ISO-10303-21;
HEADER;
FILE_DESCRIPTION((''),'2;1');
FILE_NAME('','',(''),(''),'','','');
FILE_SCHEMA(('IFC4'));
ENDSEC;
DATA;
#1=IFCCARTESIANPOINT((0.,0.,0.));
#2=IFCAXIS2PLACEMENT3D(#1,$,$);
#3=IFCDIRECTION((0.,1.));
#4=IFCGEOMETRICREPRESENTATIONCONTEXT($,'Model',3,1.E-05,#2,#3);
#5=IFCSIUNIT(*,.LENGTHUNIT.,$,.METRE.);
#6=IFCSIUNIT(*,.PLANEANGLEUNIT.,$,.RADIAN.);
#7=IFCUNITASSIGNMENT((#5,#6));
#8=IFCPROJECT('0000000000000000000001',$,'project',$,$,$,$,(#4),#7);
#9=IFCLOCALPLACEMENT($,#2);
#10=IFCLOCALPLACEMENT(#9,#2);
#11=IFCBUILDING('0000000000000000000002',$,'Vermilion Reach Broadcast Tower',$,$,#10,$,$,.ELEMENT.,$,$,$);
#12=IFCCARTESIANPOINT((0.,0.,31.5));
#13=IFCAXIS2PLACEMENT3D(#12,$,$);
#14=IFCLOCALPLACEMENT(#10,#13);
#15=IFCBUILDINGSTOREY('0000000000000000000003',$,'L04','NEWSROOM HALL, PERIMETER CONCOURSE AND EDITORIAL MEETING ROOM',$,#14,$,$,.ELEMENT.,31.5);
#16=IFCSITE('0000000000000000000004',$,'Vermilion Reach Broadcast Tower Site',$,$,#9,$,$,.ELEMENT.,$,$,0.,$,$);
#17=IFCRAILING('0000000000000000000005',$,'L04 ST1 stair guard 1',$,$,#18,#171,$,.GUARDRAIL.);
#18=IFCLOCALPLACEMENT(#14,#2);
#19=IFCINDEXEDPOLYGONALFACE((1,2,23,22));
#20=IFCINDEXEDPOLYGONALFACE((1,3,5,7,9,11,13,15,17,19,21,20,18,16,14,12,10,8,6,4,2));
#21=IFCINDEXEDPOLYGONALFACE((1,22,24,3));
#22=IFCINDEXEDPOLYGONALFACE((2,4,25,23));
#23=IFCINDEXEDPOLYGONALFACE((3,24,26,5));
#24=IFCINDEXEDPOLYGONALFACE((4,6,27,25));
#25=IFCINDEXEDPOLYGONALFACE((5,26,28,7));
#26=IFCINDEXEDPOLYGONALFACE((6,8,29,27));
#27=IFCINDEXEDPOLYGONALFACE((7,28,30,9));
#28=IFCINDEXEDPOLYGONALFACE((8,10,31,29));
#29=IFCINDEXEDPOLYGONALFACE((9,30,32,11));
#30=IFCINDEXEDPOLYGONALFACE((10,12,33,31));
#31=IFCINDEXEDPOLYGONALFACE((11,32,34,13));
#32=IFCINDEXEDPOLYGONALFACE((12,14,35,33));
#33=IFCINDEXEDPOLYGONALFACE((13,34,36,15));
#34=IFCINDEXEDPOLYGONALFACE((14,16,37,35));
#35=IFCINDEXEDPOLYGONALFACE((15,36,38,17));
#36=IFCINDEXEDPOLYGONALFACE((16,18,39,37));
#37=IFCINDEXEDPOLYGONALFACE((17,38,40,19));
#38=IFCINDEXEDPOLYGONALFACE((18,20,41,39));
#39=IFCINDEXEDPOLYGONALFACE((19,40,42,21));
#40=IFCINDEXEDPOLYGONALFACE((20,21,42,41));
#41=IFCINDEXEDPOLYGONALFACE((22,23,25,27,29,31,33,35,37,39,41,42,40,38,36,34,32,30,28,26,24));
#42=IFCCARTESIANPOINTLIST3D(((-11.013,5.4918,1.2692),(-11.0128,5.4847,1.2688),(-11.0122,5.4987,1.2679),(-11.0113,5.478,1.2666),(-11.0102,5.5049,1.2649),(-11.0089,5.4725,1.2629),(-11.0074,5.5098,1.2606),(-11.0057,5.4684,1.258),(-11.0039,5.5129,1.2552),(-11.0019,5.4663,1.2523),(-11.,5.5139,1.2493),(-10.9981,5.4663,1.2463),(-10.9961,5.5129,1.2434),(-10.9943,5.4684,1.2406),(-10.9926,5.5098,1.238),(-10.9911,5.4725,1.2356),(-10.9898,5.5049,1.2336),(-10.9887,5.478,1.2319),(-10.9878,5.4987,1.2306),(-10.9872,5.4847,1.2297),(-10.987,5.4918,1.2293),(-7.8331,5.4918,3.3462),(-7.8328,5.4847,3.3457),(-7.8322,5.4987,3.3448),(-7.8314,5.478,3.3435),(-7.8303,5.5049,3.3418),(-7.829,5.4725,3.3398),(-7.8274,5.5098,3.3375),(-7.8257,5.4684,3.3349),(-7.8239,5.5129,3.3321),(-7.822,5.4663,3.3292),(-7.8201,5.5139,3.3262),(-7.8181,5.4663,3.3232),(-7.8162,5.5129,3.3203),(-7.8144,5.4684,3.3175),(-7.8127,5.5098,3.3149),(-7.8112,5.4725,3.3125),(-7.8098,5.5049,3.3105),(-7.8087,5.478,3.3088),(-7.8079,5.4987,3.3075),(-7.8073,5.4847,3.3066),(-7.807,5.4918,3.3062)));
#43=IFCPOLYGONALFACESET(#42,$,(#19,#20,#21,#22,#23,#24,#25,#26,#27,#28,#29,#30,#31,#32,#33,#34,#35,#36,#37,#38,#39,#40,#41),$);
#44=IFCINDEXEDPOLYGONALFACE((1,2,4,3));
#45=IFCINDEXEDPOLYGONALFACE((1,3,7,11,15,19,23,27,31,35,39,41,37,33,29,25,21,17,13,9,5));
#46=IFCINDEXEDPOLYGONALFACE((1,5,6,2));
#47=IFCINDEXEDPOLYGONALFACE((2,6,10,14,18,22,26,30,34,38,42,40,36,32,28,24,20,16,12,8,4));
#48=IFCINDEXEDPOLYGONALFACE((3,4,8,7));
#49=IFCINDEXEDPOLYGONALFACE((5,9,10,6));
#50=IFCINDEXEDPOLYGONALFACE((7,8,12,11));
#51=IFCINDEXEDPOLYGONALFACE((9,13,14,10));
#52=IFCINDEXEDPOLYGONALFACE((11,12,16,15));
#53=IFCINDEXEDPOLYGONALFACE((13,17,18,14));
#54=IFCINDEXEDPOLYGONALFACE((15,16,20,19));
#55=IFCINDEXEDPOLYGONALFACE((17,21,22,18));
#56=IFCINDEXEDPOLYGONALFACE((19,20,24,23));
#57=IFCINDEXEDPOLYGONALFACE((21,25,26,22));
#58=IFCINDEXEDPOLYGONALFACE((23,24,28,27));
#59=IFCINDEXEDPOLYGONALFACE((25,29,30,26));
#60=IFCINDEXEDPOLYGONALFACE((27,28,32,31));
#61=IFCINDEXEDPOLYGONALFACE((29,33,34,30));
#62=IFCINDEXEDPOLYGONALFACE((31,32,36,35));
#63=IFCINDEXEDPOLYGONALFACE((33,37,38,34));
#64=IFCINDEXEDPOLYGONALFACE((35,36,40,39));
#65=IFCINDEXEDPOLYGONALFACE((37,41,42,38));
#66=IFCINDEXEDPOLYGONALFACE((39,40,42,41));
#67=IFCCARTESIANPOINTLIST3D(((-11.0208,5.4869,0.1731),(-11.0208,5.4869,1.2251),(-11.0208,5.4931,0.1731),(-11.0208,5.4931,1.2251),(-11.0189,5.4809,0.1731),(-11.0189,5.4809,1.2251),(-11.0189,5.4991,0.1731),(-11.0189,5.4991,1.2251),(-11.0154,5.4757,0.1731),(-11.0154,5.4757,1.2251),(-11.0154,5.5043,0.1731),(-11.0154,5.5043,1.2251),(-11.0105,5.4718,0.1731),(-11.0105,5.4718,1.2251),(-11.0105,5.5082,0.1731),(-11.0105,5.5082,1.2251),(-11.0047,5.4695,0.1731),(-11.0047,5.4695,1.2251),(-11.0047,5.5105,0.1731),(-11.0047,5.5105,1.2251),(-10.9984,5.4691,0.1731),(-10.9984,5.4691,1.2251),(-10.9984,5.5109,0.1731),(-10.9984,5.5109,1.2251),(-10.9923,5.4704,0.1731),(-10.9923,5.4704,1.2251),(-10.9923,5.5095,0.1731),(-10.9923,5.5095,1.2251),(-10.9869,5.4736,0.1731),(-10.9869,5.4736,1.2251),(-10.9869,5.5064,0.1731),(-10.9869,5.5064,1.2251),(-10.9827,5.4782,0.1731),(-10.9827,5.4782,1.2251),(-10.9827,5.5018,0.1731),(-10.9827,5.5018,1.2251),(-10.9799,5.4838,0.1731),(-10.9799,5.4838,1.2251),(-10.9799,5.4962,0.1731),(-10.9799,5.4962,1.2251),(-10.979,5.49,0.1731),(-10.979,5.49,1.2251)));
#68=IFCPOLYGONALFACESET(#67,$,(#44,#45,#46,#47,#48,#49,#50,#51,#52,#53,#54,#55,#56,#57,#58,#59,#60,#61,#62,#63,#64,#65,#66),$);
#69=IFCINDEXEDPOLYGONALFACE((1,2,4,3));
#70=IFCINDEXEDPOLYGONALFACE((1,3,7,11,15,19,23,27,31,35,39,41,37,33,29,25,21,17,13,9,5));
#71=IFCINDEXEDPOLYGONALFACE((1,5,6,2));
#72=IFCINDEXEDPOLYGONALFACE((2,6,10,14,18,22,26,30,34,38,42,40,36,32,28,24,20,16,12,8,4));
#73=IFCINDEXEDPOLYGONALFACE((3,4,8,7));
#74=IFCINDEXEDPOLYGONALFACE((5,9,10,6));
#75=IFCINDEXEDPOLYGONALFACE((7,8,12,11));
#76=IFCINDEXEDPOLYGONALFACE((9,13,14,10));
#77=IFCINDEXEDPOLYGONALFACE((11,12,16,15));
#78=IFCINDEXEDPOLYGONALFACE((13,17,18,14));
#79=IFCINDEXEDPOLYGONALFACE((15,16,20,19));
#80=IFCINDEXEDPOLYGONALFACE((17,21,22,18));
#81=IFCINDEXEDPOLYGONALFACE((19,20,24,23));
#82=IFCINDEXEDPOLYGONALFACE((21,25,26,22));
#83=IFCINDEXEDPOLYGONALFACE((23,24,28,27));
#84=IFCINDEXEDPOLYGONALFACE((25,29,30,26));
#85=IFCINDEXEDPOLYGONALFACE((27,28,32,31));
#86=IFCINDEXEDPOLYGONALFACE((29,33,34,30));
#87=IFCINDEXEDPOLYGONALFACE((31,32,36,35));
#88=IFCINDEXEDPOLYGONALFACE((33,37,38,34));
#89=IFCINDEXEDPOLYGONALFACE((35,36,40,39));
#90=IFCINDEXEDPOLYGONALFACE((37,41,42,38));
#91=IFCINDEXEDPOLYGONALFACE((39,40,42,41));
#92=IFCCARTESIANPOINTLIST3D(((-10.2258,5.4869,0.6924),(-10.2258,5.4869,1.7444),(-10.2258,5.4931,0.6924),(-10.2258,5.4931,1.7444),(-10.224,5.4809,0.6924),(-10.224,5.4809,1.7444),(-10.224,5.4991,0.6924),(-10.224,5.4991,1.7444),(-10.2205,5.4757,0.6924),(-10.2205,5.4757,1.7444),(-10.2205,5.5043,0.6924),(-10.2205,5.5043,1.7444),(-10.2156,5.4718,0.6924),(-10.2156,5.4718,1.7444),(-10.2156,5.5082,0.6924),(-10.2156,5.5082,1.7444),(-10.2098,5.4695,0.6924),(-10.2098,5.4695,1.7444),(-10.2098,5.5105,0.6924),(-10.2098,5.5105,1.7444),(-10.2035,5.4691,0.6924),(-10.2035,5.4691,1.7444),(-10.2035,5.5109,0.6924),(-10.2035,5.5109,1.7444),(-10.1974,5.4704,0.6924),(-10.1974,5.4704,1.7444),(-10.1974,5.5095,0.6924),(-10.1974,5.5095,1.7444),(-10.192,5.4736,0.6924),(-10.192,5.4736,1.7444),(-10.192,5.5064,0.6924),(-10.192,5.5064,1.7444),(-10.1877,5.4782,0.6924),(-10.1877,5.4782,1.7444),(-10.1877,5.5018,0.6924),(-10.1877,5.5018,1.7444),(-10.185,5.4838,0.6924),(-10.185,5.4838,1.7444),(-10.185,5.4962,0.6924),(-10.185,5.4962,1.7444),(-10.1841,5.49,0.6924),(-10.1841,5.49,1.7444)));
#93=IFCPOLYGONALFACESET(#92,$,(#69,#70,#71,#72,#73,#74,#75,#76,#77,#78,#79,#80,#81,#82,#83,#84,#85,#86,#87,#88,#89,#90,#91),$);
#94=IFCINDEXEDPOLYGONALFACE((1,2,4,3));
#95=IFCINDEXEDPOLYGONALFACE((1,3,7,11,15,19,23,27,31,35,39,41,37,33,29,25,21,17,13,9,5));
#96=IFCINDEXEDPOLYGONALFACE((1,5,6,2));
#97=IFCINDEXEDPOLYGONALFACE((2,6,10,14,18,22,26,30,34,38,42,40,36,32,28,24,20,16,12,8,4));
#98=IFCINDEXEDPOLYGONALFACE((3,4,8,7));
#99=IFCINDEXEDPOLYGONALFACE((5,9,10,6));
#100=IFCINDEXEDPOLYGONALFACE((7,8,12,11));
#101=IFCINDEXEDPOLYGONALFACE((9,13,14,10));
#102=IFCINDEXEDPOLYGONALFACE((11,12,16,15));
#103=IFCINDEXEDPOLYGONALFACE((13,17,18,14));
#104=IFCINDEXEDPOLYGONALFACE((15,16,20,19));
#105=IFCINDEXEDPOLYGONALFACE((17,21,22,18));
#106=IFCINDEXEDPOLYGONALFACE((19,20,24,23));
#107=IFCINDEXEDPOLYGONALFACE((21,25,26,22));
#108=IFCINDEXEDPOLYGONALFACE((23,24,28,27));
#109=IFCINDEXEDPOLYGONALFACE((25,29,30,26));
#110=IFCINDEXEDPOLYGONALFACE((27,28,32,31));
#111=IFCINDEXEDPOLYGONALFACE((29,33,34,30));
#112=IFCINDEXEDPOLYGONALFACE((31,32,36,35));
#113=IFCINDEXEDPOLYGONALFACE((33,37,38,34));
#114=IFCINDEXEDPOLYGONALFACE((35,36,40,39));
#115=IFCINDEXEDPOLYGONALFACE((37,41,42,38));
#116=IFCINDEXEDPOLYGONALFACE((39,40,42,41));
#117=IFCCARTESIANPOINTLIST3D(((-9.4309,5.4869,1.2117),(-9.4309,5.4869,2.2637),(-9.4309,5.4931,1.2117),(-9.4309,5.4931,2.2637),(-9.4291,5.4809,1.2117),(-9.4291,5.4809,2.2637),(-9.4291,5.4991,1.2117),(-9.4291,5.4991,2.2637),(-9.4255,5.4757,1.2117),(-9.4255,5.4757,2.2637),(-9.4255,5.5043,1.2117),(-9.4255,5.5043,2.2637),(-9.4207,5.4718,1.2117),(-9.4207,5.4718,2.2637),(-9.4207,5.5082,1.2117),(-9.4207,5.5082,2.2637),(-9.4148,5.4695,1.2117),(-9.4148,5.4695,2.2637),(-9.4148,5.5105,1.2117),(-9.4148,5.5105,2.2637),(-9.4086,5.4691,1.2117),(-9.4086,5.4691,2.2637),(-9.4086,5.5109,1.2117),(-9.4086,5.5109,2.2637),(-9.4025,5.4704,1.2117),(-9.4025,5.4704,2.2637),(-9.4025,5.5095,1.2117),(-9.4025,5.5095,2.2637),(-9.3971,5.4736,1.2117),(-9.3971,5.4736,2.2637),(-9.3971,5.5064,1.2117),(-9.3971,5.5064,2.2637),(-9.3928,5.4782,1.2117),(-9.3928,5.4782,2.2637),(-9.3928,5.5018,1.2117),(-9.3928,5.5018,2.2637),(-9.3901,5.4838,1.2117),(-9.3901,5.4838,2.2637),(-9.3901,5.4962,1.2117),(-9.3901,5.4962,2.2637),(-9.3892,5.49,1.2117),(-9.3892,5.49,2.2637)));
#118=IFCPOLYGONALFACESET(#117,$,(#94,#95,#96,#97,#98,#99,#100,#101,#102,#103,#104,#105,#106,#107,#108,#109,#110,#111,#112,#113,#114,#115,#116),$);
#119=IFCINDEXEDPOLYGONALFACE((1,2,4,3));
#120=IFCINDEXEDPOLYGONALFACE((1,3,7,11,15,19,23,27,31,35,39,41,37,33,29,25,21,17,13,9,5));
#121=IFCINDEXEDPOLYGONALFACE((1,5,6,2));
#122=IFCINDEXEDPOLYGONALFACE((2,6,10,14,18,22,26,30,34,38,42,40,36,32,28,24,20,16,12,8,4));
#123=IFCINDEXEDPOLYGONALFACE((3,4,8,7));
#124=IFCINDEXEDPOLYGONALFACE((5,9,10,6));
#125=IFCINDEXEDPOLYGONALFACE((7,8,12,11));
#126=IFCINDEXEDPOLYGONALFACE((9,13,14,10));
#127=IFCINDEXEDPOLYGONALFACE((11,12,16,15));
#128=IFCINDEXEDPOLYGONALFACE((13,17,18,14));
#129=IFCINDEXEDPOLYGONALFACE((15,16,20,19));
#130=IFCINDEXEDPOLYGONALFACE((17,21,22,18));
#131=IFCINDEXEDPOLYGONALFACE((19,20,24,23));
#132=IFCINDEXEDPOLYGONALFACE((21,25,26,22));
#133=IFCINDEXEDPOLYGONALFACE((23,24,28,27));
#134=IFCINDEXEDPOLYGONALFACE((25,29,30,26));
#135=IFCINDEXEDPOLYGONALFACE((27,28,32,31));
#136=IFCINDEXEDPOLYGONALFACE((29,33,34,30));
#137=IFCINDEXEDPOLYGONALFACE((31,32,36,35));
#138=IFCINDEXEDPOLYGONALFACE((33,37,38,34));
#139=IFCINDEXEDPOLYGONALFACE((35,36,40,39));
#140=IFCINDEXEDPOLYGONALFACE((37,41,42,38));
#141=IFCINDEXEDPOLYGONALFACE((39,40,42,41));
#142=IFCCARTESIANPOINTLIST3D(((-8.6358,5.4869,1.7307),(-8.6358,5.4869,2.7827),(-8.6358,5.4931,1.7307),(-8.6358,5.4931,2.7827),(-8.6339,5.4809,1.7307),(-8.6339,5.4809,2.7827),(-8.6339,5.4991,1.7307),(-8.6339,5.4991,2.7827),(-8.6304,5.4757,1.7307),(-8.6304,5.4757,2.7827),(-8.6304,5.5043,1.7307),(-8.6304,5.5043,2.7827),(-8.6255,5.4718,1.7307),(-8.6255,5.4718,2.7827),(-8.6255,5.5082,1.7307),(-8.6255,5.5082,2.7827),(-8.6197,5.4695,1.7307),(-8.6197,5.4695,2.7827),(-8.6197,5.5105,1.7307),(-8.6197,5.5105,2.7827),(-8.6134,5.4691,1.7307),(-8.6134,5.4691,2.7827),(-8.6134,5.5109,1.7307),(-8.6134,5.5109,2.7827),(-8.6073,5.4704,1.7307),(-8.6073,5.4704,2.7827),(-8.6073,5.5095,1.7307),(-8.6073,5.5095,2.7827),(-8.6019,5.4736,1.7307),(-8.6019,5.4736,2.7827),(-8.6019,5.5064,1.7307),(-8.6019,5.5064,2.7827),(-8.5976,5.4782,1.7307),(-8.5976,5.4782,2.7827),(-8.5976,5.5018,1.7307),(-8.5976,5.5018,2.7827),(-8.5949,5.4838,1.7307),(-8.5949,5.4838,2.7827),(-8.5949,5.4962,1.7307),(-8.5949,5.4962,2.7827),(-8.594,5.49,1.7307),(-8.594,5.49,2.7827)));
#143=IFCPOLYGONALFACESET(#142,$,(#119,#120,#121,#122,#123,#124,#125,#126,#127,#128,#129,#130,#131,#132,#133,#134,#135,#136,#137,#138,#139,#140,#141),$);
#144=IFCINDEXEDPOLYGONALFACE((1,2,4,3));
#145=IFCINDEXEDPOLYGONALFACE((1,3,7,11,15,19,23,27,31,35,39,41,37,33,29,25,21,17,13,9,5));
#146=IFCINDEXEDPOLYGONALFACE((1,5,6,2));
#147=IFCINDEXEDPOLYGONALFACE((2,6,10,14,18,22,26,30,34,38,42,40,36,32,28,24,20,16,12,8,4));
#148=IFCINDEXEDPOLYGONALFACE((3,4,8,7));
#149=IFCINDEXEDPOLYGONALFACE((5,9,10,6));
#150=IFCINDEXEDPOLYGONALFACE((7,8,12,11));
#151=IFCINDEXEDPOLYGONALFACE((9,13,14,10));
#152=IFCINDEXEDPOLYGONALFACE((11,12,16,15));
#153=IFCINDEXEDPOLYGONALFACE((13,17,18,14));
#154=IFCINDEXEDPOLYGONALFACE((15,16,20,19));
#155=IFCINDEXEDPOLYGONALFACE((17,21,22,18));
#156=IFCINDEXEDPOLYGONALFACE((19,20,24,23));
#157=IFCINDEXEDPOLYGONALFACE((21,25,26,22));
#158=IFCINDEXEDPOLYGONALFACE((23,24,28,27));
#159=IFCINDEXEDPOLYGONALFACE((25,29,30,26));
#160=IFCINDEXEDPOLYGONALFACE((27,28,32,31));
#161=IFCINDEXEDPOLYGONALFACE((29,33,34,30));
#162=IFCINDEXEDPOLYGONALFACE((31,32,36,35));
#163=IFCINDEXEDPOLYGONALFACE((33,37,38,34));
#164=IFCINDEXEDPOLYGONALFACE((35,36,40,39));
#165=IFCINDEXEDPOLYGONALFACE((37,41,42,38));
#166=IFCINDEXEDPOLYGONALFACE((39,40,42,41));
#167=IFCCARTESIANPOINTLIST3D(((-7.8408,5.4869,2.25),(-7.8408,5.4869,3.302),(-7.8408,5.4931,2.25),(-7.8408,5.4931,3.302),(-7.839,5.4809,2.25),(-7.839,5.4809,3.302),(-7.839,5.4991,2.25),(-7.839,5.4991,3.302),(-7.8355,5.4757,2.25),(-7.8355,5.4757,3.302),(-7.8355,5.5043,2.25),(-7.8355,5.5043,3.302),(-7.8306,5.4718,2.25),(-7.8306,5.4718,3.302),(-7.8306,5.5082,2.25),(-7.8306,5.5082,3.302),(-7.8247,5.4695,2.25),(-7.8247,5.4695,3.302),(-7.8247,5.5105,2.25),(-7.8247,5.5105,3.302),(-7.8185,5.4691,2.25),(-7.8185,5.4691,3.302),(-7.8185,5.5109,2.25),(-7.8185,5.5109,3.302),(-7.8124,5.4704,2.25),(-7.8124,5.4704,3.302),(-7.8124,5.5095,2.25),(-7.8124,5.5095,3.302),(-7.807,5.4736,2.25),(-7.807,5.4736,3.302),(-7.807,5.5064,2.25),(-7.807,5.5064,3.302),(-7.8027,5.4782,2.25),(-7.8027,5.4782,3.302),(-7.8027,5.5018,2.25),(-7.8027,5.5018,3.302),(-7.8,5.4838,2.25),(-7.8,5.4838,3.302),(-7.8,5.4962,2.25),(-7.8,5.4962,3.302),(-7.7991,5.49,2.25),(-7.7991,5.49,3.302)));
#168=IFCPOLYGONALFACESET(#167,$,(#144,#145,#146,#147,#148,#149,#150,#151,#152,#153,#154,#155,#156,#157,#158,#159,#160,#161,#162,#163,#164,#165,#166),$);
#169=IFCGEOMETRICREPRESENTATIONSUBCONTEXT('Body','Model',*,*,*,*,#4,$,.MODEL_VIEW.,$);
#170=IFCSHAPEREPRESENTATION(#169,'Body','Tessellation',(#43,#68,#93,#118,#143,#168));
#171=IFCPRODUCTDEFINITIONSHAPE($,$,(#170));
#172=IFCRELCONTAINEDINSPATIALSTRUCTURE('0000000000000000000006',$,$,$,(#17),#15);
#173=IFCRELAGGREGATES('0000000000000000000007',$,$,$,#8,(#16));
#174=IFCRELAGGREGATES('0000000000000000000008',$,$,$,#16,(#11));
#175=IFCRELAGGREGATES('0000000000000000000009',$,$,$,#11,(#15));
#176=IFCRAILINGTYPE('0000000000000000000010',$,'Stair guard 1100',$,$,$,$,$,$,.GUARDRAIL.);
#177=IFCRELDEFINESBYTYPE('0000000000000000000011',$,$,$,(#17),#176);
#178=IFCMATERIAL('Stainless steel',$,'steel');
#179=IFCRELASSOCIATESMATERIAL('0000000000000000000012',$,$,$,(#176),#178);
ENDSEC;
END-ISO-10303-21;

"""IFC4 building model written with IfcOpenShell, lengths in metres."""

from ifc_helpers import new_model, si_unit, direction, frame, origin, origin_2d, place, context, subcontext, project, spatial, circle, extrude, material, type_object, element, save


model = new_model("IFC4")

# Units and contexts
model_context = context("Model", 3, precision=1e-05, world=origin(), true_north=direction((0.0, 1.0)))
body_context = subcontext(model_context, "Body", "Model", "MODEL_VIEW")
ifc_project = project(units=[si_unit("LENGTHUNIT", "METRE"), si_unit("PLANEANGLEUNIT", "RADIAN")], contexts=[model_context])

# Site, building, storey
site_placement = place(None, origin())
site = spatial("IfcSite", under=ifc_project, at=site_placement, Name="Vermilion Reach Broadcast Tower Site", CompositionType="ELEMENT", RefElevation=0.0)
building_placement = place(site_placement, origin())
building = spatial("IfcBuilding", under=site, at=building_placement, Name="Vermilion Reach Broadcast Tower", CompositionType="ELEMENT")
storey_placement = place(building_placement, frame((0.0, 0.0, 31.5)))
storey = spatial("IfcBuildingStorey", under=building, at=storey_placement, Name="L04", Description="NEWSROOM HALL, PERIMETER CONCOURSE AND EDITORIAL MEETING ROOM", CompositionType="ELEMENT", Elevation=31.5)

# Railing
ifc_material_1 = material(Name="Stainless steel", Category="steel")
railing_type_1 = type_object("IfcRailingType", Name="Stair guard 1100", PredefinedType="GUARDRAIL", material=ifc_material_1)
railing_1_placement = place(storey_placement, frame((-11.0, 5.49, 0.1731)))
element("IfcRailing", 1, at=railing_1_placement, inside=storey, type_object=railing_type_1, Name="L04 ST1 stair guard 1", PredefinedType="GUARDRAIL", context=body_context, shape_type="SweptSolid", body=[
    extrude(circle(Radius=0.0239, at=origin_2d()), frame((0.0, 0.0, 1.0762), z_axis=(0.837245, 0.0, 0.546828), x_axis=(0.0, 1.0, 0.0)), (0.0, 0.0, 1.0), 3.7981),
    extrude(circle(Radius=0.021, at=origin_2d()), origin(), (0.0, 0.0, 1.0), 1.052),
    extrude(circle(Radius=0.021, at=origin_2d()), frame((0.7949, 0.0, 0.5193)), (0.0, 0.0, 1.0), 1.052),
    extrude(circle(Radius=0.021, at=origin_2d()), frame((1.5898, 0.0, 1.0386)), (0.0, 0.0, 1.0), 1.052),
    extrude(circle(Radius=0.021, at=origin_2d()), frame((2.385, 0.0, 1.5576)), (0.0, 0.0, 1.0), 1.052),
    extrude(circle(Radius=0.021, at=origin_2d()), frame((3.1799, 0.0, 2.0769)), (0.0, 0.0, 1.0), 1.052),
])

save(model, "model.ifc")
